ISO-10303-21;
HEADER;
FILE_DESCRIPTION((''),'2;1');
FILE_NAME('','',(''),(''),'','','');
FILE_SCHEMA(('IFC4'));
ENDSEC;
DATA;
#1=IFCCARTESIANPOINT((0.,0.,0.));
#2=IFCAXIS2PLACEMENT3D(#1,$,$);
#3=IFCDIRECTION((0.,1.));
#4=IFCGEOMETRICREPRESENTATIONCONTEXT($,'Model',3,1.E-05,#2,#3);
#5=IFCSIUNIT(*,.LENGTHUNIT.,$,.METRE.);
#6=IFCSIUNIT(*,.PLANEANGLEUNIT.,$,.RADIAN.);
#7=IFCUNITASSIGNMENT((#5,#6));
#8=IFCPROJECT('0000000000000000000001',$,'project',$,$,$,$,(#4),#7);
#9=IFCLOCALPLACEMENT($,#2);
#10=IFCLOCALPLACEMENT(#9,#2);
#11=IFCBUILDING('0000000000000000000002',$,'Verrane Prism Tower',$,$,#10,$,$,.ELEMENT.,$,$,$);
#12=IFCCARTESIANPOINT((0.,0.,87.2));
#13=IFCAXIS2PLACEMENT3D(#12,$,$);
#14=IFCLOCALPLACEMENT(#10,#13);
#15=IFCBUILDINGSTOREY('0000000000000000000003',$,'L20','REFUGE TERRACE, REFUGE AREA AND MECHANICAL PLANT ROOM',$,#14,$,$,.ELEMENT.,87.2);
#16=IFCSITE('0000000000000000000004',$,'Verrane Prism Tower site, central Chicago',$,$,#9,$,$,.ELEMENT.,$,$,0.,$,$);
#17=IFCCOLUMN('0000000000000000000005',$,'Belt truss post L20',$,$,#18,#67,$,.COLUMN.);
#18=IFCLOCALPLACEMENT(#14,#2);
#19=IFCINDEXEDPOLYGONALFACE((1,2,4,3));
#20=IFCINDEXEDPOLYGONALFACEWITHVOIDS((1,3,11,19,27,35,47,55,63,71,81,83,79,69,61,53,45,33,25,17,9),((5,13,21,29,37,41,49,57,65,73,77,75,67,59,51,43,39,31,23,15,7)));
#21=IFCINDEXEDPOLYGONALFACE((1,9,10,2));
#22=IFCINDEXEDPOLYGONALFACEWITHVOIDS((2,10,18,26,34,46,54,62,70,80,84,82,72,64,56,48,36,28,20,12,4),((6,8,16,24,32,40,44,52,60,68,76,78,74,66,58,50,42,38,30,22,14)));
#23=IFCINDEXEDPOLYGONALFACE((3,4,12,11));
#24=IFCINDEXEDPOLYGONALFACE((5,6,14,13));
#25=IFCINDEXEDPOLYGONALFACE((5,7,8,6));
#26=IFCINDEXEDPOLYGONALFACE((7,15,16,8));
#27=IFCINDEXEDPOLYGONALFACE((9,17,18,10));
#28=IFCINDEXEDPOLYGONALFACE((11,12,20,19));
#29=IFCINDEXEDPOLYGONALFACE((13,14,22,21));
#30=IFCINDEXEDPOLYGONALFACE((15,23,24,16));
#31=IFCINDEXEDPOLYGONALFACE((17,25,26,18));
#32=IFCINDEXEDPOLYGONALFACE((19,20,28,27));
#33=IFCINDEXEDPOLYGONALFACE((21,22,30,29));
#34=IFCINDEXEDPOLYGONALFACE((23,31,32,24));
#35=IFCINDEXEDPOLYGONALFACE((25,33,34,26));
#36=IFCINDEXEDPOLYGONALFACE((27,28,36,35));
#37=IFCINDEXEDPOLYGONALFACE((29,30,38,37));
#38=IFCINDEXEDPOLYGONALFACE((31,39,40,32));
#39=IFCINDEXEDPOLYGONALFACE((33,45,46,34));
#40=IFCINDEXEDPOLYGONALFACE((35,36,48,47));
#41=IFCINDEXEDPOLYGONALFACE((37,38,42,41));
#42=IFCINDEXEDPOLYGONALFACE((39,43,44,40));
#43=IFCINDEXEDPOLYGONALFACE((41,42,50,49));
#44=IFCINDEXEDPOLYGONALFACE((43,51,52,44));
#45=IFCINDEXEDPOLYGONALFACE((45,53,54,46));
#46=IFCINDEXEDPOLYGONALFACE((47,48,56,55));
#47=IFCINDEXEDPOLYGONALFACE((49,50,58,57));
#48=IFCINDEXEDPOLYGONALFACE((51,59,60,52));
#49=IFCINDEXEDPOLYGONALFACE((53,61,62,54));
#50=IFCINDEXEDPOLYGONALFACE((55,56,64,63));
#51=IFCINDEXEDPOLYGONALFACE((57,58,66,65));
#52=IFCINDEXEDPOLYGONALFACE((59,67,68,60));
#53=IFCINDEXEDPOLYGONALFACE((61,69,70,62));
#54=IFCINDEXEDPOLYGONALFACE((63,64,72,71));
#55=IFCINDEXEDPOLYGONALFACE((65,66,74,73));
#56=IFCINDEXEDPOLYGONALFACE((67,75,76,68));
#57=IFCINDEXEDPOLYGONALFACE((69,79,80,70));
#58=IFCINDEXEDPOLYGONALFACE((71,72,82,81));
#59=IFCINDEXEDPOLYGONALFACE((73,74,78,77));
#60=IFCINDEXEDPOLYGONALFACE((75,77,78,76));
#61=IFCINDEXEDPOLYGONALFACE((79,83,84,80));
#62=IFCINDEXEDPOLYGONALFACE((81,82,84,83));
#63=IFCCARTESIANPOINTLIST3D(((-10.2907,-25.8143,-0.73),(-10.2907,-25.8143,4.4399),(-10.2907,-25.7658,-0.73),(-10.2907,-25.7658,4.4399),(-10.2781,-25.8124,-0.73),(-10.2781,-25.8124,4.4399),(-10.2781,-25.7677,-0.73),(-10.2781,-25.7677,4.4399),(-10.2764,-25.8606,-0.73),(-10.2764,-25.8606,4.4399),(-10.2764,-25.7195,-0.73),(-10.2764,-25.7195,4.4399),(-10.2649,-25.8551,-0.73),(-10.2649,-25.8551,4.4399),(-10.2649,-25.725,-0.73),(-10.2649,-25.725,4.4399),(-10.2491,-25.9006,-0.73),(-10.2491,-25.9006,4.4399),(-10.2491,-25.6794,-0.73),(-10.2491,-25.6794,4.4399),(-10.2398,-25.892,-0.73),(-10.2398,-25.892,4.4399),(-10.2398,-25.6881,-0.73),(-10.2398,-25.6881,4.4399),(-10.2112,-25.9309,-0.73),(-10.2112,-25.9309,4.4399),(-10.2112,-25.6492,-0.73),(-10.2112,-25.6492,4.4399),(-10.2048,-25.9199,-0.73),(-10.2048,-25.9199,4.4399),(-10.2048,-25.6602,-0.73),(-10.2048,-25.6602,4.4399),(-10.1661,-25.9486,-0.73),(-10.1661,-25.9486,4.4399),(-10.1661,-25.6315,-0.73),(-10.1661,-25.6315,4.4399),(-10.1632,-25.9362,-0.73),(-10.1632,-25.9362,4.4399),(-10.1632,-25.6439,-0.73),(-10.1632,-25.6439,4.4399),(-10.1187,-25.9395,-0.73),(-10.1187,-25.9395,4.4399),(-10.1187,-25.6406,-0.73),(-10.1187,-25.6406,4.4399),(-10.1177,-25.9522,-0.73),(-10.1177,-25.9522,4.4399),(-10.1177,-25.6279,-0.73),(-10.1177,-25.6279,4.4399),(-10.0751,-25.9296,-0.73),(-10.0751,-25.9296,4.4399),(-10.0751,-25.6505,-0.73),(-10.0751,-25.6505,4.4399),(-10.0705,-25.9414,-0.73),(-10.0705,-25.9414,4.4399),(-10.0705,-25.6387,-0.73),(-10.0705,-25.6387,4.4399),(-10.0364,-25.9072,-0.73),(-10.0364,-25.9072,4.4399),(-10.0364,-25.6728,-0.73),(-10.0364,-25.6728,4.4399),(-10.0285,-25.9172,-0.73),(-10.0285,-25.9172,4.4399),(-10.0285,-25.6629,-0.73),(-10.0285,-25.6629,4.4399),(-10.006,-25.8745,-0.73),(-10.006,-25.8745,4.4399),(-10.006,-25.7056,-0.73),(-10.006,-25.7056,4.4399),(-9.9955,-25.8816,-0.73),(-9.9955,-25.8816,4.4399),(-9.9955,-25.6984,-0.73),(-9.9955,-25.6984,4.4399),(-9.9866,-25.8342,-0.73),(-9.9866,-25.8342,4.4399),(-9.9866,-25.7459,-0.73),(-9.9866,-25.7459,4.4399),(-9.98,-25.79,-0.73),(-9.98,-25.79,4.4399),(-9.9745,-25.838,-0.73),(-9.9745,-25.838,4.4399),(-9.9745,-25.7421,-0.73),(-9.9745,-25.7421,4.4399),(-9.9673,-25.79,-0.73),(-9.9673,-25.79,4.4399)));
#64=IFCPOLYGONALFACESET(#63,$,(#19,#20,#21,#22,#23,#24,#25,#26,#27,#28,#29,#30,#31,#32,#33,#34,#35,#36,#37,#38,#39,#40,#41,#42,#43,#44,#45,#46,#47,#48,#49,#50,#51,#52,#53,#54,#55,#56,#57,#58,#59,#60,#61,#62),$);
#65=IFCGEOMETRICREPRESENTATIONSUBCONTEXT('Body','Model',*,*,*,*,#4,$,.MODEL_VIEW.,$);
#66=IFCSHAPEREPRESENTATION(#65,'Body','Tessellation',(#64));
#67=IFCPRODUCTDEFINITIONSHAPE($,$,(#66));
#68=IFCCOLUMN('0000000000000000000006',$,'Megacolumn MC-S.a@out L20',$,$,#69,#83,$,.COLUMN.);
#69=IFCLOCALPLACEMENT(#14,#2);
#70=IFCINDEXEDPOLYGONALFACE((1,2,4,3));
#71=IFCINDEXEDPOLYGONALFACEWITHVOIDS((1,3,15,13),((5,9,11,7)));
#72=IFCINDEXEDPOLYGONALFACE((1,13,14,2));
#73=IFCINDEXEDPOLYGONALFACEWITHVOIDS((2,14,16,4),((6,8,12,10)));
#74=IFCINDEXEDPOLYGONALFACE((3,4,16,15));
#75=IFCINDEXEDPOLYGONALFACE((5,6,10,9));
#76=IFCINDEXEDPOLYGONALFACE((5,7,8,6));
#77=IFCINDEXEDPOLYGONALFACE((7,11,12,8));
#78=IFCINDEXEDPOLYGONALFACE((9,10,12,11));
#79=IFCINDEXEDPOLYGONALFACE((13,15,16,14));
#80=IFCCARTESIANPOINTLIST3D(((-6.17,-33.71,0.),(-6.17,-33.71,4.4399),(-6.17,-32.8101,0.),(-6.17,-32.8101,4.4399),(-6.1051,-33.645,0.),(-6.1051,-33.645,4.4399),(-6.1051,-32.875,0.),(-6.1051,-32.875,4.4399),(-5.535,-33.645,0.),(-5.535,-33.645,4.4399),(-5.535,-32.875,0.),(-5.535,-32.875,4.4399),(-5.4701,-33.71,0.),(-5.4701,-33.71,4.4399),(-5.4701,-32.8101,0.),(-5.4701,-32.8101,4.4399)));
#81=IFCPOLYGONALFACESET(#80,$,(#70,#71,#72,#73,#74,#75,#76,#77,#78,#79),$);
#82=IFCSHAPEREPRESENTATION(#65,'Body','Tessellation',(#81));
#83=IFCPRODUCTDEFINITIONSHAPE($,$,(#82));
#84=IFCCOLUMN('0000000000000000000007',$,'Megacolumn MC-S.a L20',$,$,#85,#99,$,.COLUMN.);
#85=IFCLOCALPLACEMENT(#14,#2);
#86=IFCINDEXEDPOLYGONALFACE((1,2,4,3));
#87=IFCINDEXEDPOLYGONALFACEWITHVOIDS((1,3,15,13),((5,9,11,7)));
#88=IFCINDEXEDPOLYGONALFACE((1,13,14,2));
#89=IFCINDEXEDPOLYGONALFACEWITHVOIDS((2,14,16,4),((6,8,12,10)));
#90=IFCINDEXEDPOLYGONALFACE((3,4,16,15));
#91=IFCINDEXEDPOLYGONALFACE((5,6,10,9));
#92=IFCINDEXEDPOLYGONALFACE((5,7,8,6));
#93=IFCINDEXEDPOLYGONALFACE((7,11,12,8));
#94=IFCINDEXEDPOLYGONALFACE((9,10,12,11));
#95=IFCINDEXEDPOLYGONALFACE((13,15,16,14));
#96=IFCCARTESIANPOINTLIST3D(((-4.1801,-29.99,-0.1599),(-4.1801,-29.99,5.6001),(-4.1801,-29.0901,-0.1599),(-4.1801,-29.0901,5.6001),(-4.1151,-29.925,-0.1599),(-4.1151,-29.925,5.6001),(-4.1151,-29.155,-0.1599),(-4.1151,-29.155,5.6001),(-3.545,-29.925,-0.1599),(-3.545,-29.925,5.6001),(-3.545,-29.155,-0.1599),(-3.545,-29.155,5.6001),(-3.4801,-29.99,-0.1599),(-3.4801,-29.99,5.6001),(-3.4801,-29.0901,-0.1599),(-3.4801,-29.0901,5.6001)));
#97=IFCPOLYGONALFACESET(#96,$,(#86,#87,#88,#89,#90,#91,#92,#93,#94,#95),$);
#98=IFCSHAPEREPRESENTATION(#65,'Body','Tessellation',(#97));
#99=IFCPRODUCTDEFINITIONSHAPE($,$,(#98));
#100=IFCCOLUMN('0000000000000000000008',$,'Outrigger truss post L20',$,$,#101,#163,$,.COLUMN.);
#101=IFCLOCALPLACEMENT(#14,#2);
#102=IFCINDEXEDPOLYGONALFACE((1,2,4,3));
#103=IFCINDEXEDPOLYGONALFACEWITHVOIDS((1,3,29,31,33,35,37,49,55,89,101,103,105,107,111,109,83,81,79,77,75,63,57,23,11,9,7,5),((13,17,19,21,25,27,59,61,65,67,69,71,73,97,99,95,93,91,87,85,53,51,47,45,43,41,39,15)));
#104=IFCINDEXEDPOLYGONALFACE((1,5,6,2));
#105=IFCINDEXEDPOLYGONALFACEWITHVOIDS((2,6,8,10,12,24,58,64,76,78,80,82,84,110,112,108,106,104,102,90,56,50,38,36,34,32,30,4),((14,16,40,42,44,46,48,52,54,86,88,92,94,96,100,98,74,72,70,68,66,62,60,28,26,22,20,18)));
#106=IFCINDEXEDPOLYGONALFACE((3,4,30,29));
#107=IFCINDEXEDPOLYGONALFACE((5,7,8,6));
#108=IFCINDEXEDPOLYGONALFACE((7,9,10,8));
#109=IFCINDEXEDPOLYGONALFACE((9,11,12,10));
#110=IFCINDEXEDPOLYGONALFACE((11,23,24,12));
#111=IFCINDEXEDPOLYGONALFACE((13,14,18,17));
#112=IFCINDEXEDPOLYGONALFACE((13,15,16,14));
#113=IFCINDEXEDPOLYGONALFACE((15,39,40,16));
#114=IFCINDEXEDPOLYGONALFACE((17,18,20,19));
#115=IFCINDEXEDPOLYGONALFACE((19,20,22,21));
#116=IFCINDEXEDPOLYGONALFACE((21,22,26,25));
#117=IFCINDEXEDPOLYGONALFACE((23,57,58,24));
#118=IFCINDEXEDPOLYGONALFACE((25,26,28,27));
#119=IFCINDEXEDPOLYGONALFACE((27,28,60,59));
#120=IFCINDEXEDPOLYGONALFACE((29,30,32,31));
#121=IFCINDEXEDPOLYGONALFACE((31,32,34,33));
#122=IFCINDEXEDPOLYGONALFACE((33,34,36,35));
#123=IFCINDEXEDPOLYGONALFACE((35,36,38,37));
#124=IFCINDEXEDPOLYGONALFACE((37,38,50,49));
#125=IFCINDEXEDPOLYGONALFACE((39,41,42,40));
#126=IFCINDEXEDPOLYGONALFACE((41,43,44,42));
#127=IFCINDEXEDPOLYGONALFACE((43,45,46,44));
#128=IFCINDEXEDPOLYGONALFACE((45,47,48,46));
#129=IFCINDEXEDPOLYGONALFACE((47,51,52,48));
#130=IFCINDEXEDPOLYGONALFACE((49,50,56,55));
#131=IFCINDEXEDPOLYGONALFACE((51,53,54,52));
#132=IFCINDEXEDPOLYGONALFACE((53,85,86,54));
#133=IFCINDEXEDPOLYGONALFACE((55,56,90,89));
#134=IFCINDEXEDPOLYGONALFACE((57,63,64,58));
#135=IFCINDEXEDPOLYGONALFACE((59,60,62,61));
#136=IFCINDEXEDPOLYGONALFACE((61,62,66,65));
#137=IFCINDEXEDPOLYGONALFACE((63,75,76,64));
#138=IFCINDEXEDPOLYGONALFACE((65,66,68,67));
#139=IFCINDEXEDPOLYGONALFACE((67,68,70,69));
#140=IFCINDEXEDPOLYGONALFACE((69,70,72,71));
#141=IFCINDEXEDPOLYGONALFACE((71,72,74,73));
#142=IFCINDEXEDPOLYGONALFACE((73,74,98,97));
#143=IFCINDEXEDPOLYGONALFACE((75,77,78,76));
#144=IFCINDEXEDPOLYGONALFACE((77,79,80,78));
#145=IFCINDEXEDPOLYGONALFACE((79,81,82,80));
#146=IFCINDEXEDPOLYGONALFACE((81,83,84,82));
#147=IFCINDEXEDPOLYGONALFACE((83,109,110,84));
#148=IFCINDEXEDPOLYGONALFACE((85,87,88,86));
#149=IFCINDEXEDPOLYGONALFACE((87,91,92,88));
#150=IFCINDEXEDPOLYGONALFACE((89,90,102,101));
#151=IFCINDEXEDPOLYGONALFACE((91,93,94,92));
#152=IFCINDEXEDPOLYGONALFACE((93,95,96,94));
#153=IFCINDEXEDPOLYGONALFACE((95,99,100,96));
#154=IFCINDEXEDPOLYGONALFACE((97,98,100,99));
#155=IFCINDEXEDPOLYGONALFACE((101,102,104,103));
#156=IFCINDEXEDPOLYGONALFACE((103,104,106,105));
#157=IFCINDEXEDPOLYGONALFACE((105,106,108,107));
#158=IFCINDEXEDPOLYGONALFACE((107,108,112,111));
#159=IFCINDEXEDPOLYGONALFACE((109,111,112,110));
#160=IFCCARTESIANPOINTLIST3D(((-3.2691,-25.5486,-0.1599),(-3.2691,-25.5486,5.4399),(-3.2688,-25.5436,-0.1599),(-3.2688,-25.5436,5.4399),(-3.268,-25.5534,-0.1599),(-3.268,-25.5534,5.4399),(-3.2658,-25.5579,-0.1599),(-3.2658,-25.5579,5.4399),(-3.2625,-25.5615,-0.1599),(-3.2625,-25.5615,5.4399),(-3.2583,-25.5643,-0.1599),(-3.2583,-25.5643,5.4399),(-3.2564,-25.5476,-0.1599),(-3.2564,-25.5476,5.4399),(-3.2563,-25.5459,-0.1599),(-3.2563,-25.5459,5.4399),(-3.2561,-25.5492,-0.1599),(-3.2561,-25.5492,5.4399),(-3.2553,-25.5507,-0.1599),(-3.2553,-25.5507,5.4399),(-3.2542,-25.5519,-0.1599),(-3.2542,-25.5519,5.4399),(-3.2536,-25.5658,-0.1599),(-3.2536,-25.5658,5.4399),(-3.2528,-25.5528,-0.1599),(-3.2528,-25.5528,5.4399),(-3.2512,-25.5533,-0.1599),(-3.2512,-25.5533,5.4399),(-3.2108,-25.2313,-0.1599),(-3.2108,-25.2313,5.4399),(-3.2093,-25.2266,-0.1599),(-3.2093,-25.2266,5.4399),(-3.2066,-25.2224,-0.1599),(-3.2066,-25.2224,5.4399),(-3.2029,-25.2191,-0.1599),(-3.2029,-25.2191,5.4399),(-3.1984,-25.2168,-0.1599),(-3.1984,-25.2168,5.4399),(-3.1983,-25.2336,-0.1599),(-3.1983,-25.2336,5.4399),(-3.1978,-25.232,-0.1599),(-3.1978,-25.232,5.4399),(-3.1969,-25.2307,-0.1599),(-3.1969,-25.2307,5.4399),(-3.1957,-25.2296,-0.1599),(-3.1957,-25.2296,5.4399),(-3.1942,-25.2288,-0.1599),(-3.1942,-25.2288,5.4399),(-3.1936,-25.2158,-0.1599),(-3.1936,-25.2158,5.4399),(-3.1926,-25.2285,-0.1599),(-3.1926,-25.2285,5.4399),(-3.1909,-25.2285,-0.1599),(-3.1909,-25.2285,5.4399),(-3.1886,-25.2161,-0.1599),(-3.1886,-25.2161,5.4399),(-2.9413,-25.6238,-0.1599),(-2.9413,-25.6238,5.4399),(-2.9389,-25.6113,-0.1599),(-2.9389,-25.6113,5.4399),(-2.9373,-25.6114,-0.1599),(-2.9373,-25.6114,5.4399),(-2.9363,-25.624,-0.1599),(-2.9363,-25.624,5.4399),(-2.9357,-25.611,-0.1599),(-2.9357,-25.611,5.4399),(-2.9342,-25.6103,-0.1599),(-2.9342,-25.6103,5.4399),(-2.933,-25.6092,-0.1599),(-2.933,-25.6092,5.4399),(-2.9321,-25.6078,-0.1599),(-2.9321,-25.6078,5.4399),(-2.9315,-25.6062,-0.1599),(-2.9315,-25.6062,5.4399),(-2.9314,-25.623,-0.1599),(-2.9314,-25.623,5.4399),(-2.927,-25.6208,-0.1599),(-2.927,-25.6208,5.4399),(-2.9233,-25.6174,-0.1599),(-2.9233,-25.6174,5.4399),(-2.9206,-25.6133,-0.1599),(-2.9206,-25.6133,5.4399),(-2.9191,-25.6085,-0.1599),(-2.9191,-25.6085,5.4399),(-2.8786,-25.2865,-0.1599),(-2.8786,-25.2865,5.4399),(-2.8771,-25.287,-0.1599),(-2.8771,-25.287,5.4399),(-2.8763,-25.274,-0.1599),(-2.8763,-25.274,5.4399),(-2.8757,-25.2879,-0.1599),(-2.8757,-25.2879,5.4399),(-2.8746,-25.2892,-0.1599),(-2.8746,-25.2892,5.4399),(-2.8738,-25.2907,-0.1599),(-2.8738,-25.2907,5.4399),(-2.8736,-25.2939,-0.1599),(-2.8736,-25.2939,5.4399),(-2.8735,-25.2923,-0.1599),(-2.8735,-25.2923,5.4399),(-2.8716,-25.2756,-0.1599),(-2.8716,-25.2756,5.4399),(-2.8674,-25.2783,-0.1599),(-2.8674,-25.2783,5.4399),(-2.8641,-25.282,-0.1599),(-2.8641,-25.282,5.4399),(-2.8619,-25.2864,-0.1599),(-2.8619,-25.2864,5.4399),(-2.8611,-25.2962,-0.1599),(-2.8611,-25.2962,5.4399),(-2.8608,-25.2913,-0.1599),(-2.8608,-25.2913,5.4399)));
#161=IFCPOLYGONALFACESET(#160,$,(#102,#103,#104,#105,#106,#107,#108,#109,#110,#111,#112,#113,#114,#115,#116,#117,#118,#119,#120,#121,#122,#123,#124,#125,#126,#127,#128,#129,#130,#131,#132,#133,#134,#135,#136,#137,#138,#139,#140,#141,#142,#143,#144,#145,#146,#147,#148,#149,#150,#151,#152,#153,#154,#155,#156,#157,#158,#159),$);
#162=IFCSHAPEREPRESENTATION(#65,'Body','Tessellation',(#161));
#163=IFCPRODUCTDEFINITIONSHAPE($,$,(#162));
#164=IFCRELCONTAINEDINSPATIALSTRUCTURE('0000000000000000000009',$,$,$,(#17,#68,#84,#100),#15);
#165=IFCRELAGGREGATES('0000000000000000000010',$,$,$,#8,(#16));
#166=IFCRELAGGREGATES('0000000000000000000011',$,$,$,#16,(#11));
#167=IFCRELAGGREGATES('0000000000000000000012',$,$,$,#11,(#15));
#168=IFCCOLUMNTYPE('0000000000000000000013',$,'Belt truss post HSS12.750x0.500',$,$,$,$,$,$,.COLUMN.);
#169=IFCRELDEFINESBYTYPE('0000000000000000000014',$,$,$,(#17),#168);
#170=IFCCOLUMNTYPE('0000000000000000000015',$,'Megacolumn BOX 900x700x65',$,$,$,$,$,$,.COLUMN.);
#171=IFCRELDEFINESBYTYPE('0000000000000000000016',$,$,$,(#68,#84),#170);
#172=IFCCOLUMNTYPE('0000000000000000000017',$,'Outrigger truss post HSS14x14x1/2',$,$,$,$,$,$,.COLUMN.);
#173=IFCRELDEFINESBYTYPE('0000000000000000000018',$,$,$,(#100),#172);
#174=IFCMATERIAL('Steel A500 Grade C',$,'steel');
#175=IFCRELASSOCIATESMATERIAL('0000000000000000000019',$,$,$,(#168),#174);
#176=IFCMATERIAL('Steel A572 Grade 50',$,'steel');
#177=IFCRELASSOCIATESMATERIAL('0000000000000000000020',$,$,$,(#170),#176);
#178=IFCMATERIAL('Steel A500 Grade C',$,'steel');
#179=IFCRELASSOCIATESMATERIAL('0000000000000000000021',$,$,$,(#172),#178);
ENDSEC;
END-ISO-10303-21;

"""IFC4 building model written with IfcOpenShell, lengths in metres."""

from ifc_helpers import new_model, si_unit, direction, frame, origin, origin_2d, place, context, subcontext, project, spatial, hollow_rectangle, hollow_circle, extrude, material, material_profile, profile_set, type_object, element, save


model = new_model("IFC4")

# Units and contexts
model_context = context("Model", 3, precision=1e-05, world=origin(), true_north=direction((0.0, 1.0)))
body_context = subcontext(model_context, "Body", "Model", "MODEL_VIEW")
ifc_project = project(units=[si_unit("LENGTHUNIT", "METRE"), si_unit("PLANEANGLEUNIT", "RADIAN")], contexts=[model_context])

# Site, building, storey
site_placement = place(None, origin())
site = spatial("IfcSite", under=ifc_project, at=site_placement, Name="Verrane Prism Tower site, central Chicago", CompositionType="ELEMENT", RefElevation=0.0)
building_placement = place(site_placement, origin())
building = spatial("IfcBuilding", under=site, at=building_placement, Name="Verrane Prism Tower", CompositionType="ELEMENT")
storey_placement = place(building_placement, frame((0.0, 0.0, 87.2)))
storey = spatial("IfcBuildingStorey", under=building, at=storey_placement, Name="L20", Description="REFUGE TERRACE, REFUGE AREA AND MECHANICAL PLANT ROOM", CompositionType="ELEMENT", Elevation=87.2)

# Columns
ifc_material_1 = material(Name="Steel A500 Grade C", Category="steel")
ifc_material_profile_1 = material_profile(ifc_material_1, hollow_circle(Radius=0.1626, WallThickness=0.0127, at=origin_2d()), Name="HSS12.750x0.500")
ifc_profile_set_1 = profile_set([ifc_material_profile_1], Name="Steel A500 Grade C")
column_type_1 = type_object("IfcColumnType", Name="Belt truss post HSS12.750x0.500", PredefinedType="COLUMN", material=ifc_profile_set_1)
column_1_placement = place(storey_placement, frame((-10.1299, -25.79, -0.73), z_axis=(0.0, 0.0, 1.0), x_axis=(-0.5, 0.866025, 0.0)))
element("IfcColumn", 1, at=column_1_placement, inside=storey, type_object=column_type_1, Name="Belt truss post L20", PredefinedType="COLUMN", context=body_context, shape_type="SweptSolid", body=[
    extrude(hollow_circle(Radius=0.1626, WallThickness=0.0127, at=origin_2d()), origin(), (0.0, 0.0, 1.0), 5.1699),
])
ifc_material_2 = material(Name="Steel A572 Grade 50", Category="steel")
ifc_material_profile_2 = material_profile(ifc_material_2, hollow_rectangle(XDim=0.7, YDim=0.8999, WallThickness=0.0649, at=origin_2d()), Name="BOX 900x700x65")
ifc_profile_set_2 = profile_set([ifc_material_profile_2], Name="Steel A572 Grade 50")
column_type_2 = type_object("IfcColumnType", Name="Megacolumn BOX 900x700x65", PredefinedType="COLUMN", material=ifc_profile_set_2)
column_2_placement = place(storey_placement, frame((-5.8201, -33.26, 0.0), z_axis=(0.0, 0.0, 1.0), x_axis=(-1.0, 0.0, 0.0)))
element("IfcColumn", 2, at=column_2_placement, inside=storey, type_object=column_type_2, Name="Megacolumn MC-S.a@out L20", PredefinedType="COLUMN", context=body_context, shape_type="SweptSolid", body=[
    extrude(hollow_rectangle(XDim=0.7, YDim=0.8999, WallThickness=0.0649, at=origin_2d()), origin(), (0.0, 0.0, 1.0), 4.4399),
])
column_3_placement = place(storey_placement, frame((-3.8301, -29.54, -0.1599), z_axis=(0.0, 0.0, 1.0), x_axis=(-1.0, 0.0, 0.0)))
element("IfcColumn", 3, at=column_3_placement, inside=storey, type_object=column_type_2, Name="Megacolumn MC-S.a L20", PredefinedType="COLUMN", context=body_context, shape_type="SweptSolid", body=[
    extrude(hollow_rectangle(XDim=0.7, YDim=0.8999, WallThickness=0.0649, at=origin_2d()), origin(), (0.0, 0.0, 1.0), 5.76),
])
ifc_material_3 = material(Name="Steel A500 Grade C", Category="steel")
ifc_material_profile_3 = material_profile(ifc_material_3, hollow_rectangle(XDim=0.3557, YDim=0.3557, WallThickness=0.0127, InnerFilletRadius=0.0063, OuterFilletRadius=0.019, at=origin_2d()), Name="HSS14x14x1/2")
ifc_profile_set_3 = profile_set([ifc_material_profile_3], Name="Steel A500 Grade C")
column_type_3 = type_object("IfcColumnType", Name="Outrigger truss post HSS14x14x1/2", PredefinedType="COLUMN", material=ifc_profile_set_3)
column_4_placement = place(storey_placement, frame((-3.0649, -25.4199, -0.1599), z_axis=(0.0, 0.0, 1.0), x_axis=(0.983195, -0.18256, 0.0)))
element("IfcColumn", 4, at=column_4_placement, inside=storey, type_object=column_type_3, Name="Outrigger truss post L20", PredefinedType="COLUMN", context=body_context, shape_type="SweptSolid", body=[
    extrude(hollow_rectangle(XDim=0.3557, YDim=0.3557, WallThickness=0.0127, InnerFilletRadius=0.0063, OuterFilletRadius=0.019, at=origin_2d()), origin(), (0.0, 0.0, 1.0), 5.5999),
])

save(model, "model.ifc")
